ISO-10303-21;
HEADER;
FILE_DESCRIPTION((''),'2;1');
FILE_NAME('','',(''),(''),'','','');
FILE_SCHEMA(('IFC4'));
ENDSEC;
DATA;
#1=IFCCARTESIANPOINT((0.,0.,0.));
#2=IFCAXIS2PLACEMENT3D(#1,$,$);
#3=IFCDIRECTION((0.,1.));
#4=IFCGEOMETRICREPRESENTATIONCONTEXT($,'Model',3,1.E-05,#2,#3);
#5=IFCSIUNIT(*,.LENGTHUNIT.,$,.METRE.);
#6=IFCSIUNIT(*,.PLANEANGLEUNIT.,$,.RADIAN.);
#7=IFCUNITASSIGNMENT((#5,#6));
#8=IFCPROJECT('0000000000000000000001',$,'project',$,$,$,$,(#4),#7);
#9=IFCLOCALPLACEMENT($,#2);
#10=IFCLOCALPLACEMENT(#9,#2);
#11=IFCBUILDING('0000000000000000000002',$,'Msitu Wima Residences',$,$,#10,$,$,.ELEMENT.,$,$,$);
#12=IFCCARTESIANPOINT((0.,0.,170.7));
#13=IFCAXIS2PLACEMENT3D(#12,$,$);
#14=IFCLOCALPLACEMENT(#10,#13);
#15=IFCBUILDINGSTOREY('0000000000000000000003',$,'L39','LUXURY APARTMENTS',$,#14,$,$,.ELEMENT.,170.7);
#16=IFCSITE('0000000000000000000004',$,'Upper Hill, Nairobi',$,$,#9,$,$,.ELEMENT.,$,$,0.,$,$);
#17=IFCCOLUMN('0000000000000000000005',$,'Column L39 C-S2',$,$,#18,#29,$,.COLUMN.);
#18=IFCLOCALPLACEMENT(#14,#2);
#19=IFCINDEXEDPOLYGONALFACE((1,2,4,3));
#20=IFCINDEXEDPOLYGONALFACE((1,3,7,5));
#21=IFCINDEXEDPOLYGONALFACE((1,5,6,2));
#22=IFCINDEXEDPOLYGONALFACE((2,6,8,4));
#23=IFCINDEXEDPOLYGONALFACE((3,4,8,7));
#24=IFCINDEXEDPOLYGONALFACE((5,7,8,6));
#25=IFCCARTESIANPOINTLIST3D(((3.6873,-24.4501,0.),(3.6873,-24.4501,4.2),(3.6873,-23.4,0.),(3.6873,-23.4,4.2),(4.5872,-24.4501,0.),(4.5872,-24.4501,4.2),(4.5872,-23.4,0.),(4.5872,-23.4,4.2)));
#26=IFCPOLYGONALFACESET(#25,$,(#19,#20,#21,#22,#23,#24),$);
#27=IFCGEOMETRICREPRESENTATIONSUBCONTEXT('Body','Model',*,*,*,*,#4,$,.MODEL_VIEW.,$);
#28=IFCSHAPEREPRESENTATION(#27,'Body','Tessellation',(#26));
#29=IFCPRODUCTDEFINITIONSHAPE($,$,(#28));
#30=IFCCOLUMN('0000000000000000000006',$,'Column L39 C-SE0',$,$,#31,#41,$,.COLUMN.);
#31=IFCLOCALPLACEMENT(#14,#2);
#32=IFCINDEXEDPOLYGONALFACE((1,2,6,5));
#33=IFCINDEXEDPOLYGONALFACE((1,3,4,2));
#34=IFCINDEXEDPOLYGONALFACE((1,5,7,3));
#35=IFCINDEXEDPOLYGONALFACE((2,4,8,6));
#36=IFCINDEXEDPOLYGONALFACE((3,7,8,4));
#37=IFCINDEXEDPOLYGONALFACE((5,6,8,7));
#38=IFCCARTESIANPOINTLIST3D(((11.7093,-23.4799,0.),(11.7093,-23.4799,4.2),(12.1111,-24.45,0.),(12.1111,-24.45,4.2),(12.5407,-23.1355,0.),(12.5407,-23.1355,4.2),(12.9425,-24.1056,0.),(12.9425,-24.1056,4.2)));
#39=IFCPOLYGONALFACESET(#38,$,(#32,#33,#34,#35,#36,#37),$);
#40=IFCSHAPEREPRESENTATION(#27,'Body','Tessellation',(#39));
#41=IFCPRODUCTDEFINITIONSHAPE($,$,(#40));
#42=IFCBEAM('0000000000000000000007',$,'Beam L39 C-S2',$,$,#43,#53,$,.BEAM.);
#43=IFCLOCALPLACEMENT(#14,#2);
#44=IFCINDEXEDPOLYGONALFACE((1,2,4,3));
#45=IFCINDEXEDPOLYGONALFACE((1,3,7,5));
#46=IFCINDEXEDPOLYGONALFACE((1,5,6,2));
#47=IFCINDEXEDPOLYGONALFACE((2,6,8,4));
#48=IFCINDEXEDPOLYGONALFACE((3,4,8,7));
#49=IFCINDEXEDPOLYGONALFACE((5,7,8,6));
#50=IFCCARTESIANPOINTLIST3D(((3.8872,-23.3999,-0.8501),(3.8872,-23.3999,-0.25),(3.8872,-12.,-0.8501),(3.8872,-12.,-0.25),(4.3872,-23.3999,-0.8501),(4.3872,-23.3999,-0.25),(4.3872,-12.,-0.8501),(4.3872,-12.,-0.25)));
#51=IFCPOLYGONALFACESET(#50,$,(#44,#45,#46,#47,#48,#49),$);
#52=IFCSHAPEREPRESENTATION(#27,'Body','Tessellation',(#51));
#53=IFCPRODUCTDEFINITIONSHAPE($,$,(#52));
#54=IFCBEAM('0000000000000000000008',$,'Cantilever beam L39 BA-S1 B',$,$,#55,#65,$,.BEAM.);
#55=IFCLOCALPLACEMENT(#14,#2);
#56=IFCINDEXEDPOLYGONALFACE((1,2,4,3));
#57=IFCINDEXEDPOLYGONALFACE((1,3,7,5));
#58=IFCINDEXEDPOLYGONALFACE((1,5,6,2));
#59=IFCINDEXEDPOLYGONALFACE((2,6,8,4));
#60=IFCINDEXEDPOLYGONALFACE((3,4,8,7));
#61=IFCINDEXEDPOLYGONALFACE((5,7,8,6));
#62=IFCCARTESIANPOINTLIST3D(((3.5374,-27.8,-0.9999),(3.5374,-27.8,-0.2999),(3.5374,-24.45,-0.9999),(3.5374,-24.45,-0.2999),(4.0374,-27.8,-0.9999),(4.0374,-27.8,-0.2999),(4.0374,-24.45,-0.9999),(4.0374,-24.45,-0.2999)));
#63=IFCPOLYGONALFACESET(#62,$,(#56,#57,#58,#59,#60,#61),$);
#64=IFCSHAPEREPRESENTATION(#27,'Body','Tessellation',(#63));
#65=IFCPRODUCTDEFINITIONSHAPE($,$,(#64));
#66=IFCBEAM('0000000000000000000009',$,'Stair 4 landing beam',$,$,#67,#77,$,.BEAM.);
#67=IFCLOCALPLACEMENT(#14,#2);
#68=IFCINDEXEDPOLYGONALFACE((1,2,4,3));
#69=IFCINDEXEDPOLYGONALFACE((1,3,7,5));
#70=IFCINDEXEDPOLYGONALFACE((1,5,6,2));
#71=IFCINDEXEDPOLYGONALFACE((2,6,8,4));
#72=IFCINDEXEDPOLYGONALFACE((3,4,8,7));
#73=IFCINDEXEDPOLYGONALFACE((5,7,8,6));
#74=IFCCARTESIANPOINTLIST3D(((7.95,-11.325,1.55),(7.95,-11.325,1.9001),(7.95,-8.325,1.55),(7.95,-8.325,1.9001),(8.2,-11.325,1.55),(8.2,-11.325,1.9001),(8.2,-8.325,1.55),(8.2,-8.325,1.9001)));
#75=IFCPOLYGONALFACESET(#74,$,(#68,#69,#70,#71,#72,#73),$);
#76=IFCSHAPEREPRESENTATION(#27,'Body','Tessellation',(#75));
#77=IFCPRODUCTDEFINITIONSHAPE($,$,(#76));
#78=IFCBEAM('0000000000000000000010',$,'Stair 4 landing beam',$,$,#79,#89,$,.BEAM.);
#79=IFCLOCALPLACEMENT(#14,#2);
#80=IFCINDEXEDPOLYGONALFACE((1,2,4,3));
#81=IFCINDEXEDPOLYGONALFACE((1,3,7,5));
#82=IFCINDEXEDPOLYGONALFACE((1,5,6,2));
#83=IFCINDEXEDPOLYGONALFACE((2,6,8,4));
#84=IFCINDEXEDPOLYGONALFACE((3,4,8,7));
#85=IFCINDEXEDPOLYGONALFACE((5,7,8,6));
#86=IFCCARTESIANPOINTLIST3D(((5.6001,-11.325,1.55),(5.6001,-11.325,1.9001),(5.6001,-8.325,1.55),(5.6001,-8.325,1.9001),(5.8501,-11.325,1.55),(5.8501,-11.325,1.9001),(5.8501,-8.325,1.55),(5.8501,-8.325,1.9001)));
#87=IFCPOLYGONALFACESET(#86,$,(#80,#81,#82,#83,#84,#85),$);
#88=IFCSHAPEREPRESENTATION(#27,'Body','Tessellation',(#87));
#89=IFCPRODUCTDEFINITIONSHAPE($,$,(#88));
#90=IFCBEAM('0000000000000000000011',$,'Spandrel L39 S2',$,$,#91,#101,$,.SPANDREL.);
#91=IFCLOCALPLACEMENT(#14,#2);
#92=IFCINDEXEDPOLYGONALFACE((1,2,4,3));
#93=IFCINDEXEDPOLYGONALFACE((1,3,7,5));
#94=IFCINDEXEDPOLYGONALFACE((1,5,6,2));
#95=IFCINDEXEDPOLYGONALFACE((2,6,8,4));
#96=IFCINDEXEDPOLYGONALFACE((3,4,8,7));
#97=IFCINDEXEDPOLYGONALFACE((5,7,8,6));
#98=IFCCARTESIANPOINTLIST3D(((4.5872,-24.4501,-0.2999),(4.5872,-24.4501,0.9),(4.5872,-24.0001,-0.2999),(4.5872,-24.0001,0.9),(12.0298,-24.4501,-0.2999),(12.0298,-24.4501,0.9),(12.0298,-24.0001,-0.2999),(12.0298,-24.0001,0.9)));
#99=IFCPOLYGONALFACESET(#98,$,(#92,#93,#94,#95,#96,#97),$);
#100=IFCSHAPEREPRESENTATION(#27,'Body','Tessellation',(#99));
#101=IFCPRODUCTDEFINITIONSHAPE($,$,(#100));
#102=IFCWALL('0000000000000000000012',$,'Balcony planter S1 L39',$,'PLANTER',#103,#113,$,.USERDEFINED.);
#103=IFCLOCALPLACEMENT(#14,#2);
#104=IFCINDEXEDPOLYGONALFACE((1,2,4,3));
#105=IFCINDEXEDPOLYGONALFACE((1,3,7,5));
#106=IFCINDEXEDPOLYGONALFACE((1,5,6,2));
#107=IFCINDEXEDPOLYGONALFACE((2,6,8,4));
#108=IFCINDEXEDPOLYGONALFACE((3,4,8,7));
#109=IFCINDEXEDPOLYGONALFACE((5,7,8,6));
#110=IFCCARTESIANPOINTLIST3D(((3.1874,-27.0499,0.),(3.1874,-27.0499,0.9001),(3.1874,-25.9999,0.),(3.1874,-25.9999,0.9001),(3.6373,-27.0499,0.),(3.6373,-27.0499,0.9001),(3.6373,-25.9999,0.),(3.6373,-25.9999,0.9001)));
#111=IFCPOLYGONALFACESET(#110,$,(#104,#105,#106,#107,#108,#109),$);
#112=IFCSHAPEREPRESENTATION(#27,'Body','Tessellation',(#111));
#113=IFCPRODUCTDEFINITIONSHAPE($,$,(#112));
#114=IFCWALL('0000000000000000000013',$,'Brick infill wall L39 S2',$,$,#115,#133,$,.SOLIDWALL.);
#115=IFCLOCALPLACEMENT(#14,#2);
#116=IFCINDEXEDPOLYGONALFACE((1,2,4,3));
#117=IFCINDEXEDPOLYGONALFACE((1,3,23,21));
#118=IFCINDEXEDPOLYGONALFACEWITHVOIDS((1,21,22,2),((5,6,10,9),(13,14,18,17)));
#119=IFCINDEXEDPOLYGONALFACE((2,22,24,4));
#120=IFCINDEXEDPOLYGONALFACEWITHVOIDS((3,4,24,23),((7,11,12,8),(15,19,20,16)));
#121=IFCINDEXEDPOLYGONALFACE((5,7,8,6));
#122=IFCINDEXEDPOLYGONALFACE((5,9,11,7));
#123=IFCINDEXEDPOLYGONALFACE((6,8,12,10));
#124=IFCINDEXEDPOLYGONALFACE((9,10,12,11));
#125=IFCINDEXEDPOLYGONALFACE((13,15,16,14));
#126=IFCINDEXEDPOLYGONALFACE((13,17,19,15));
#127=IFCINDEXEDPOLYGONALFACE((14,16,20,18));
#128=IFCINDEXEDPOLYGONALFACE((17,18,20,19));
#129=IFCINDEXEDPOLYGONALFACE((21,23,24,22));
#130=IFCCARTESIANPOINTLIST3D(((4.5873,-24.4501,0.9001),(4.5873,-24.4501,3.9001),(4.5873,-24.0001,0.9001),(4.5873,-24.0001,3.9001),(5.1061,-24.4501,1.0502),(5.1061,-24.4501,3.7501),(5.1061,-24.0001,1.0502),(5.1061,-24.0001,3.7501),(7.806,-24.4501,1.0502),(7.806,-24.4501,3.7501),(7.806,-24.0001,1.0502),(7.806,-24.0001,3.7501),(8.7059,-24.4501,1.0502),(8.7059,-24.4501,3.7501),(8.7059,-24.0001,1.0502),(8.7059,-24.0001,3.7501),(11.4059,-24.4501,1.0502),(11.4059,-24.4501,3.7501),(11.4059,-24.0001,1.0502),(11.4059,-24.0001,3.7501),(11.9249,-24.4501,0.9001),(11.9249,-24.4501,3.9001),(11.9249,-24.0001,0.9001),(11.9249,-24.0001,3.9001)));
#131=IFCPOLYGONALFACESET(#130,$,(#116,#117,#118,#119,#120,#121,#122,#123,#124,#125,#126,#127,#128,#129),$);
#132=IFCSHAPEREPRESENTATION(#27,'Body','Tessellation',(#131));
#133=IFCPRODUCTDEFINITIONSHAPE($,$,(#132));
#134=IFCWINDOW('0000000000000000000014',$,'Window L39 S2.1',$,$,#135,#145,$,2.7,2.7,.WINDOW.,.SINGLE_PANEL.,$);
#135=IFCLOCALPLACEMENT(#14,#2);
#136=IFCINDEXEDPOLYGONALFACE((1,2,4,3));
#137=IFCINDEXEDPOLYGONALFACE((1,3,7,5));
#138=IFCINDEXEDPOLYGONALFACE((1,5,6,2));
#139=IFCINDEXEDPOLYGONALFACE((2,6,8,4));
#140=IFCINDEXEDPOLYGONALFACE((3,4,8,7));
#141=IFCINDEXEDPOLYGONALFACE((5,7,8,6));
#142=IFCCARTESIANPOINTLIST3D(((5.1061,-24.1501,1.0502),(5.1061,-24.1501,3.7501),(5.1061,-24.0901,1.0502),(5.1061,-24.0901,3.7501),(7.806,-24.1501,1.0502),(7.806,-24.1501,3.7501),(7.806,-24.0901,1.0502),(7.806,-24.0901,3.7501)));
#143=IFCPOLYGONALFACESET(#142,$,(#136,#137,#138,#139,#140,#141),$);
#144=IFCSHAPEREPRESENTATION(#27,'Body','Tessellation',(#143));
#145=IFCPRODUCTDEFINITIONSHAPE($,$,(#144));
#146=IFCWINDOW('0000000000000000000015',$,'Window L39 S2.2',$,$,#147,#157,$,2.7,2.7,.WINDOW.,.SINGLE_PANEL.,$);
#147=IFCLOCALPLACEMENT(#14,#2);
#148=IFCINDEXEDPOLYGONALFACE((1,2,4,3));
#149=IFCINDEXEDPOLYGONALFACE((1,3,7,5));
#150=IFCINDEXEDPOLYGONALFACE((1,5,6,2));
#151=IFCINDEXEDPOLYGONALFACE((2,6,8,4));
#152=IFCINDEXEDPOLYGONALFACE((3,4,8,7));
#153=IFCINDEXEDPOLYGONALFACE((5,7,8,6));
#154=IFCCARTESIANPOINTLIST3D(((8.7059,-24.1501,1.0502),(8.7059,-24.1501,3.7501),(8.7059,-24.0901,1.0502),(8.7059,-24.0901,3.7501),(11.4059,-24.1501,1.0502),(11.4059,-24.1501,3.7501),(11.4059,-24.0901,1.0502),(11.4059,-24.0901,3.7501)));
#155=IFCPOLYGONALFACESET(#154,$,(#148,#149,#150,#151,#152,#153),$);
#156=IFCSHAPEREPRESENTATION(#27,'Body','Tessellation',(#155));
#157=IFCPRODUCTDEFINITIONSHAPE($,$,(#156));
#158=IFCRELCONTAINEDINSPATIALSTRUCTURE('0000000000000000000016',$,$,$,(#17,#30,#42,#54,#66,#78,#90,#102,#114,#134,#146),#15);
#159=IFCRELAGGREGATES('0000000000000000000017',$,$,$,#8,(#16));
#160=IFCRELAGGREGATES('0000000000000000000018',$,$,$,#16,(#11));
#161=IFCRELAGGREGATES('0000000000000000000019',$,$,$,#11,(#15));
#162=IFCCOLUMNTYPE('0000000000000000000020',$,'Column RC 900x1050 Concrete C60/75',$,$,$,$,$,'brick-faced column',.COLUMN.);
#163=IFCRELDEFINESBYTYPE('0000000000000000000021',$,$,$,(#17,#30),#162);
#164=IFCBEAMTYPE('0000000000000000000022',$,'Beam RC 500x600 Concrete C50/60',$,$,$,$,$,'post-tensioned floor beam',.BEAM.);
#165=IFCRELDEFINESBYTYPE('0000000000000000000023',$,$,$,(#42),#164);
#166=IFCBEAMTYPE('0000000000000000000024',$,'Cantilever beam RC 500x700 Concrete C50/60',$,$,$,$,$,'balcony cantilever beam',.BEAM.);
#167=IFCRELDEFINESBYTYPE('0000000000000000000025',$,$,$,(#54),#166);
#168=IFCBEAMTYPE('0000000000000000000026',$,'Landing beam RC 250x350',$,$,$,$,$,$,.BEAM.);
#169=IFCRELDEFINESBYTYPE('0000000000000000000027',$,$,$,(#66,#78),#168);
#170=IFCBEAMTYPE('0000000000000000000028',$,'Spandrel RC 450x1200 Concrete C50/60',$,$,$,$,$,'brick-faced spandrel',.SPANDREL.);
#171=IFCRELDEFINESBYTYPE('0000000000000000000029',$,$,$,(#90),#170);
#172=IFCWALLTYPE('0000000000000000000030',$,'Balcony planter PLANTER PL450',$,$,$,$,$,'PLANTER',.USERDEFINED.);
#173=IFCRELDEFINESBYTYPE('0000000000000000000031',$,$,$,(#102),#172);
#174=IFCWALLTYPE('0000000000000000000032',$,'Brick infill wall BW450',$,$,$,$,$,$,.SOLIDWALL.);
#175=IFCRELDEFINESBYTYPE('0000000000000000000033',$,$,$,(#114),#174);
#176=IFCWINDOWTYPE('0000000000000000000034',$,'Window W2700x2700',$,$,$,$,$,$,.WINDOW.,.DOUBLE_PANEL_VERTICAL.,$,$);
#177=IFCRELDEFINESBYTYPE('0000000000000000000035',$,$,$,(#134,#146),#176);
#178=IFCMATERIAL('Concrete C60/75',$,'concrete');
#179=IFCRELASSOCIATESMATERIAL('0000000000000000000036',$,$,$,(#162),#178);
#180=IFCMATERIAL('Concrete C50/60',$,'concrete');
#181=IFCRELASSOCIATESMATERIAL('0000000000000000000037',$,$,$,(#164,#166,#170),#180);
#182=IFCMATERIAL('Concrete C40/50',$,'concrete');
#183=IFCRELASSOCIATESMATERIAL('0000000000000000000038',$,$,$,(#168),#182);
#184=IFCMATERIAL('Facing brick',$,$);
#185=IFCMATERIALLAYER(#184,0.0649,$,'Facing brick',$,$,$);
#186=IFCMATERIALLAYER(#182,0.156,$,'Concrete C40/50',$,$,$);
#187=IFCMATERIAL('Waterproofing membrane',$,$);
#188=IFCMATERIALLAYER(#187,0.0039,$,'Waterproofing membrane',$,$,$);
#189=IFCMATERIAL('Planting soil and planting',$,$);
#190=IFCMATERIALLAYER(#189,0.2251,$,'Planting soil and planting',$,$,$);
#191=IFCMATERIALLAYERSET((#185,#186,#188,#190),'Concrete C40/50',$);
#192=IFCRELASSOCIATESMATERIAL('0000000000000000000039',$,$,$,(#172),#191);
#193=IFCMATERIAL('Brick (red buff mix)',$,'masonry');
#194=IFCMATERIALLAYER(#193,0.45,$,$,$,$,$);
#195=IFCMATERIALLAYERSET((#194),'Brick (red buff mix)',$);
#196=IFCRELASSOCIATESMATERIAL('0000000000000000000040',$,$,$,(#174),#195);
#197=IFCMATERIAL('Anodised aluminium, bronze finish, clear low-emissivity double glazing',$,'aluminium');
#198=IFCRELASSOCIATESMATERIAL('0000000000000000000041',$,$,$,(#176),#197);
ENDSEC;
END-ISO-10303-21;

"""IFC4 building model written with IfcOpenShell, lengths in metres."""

from ifc_helpers import new_model, si_unit, direction, frame, frame_2d, origin, origin_2d, place, context, subcontext, project, spatial, rectangle, extrude, material, layer, layer_set, material_profile, profile_set, type_object, element, fill, save


model = new_model("IFC4")

# Units and contexts
model_context = context("Model", 3, precision=1e-05, world=origin(), true_north=direction((0.0, 1.0)))
body_context = subcontext(model_context, "Body", "Model", "MODEL_VIEW")
ifc_project = project(units=[si_unit("LENGTHUNIT", "METRE"), si_unit("PLANEANGLEUNIT", "RADIAN")], contexts=[model_context])

# Site, building, storey
site_placement = place(None, origin())
site = spatial("IfcSite", under=ifc_project, at=site_placement, Name="Upper Hill, Nairobi", CompositionType="ELEMENT", RefElevation=0.0)
building_placement = place(site_placement, origin())
building = spatial("IfcBuilding", under=site, at=building_placement, Name="Msitu Wima Residences", CompositionType="ELEMENT")
storey_placement = place(building_placement, frame((0.0, 0.0, 170.7)))
storey = spatial("IfcBuildingStorey", under=building, at=storey_placement, Name="L39", Description="LUXURY APARTMENTS", CompositionType="ELEMENT", Elevation=170.7)

# Columns
ifc_material_1 = material(Name="Concrete C60/75", Category="concrete")
ifc_material_profile_1 = material_profile(ifc_material_1, rectangle(XDim=0.8999, YDim=1.05, at=origin_2d()), Name="RC 900x1050")
ifc_profile_set_1 = profile_set([ifc_material_profile_1], Name="Concrete C60/75")
column_type = type_object("IfcColumnType", Name="Column RC 900x1050 Concrete C60/75", ElementType="brick-faced column", PredefinedType="COLUMN", material=ifc_profile_set_1)
for number, where, z_axis, x_axis, name in (
    (1, (4.1372, -23.925, 0.0), (0.0, 0.0, 1.0), (1.0, 0.0, 0.0), "Column L39 C-S2"),
    (2, (12.3259, -23.7927, 0.0), (0.0, 0.0, 1.0), (0.92388, 0.382683, 0.0), "Column L39 C-SE0"),
):
    element("IfcColumn", number, at=place(storey_placement, frame(where, z_axis=z_axis, x_axis=x_axis)), inside=storey, type_object=column_type, Name=name, PredefinedType="COLUMN", context=body_context, shape_type="SweptSolid", body=[
        extrude(rectangle(XDim=0.8999, YDim=1.05, at=origin_2d()), origin(), (0.0, 0.0, 1.0), 4.2),
    ])

# Beams
ifc_material_2 = material(Name="Concrete C50/60", Category="concrete")
ifc_material_profile_2 = material_profile(ifc_material_2, rectangle(XDim=0.5, YDim=0.6001, at=origin_2d()), Name="RC 500x600")
ifc_profile_set_2 = profile_set([ifc_material_profile_2], Name="Concrete C50/60")
beam_type_1 = type_object("IfcBeamType", Name="Beam RC 500x600 Concrete C50/60", ElementType="post-tensioned floor beam", PredefinedType="BEAM", material=ifc_profile_set_2)
beam_1_placement = place(storey_placement, frame((4.1372, -23.3999, -0.55), z_axis=(0.0, 1.0, 0.0), x_axis=(-1.0, 0.0, 0.0)))
element("IfcBeam", 3, at=beam_1_placement, inside=storey, type_object=beam_type_1, Name="Beam L39 C-S2", PredefinedType="BEAM", context=body_context, shape_type="SweptSolid", body=[
    extrude(rectangle(XDim=0.5, YDim=0.6001, at=origin_2d()), origin(), (0.0, 0.0, 1.0), 11.3999),
])
ifc_material_profile_3 = material_profile(ifc_material_2, rectangle(XDim=0.5, YDim=0.7, at=origin_2d()), Name="RC 500x700")
ifc_profile_set_3 = profile_set([ifc_material_profile_3], Name="Concrete C50/60")
beam_type_2 = type_object("IfcBeamType", Name="Cantilever beam RC 500x700 Concrete C50/60", ElementType="balcony cantilever beam", PredefinedType="BEAM", material=ifc_profile_set_3)
beam_2_placement = place(storey_placement, frame((3.7874, -24.45, -0.6499), z_axis=(0.0, -1.0, 0.0), x_axis=(1.0, 0.0, 0.0)))
element("IfcBeam", 4, at=beam_2_placement, inside=storey, type_object=beam_type_2, Name="Cantilever beam L39 BA-S1 B", PredefinedType="BEAM", context=body_context, shape_type="SweptSolid", body=[
    extrude(rectangle(XDim=0.5, YDim=0.7, at=origin_2d()), origin(), (0.0, 0.0, 1.0), 3.3501),
])
ifc_material_3 = material(Name="Concrete C40/50", Category="concrete")
ifc_material_profile_4 = material_profile(ifc_material_3, rectangle(XDim=0.25, YDim=0.3501, at=origin_2d()), Name="RC 250x350")
ifc_profile_set_4 = profile_set([ifc_material_profile_4], Name="Concrete C40/50")
beam_type_3 = type_object("IfcBeamType", Name="Landing beam RC 250x350", PredefinedType="BEAM", material=ifc_profile_set_4)
for number, where, z_axis, x_axis, name in (
    (5, (8.075, -11.325, 1.7251), (0.0, 1.0, 0.0), (-1.0, 0.0, 0.0), "Stair 4 landing beam"),
    (6, (5.7251, -11.325, 1.7251), (0.0, 1.0, 0.0), (-1.0, 0.0, 0.0), "Stair 4 landing beam"),
):
    element("IfcBeam", number, at=place(storey_placement, frame(where, z_axis=z_axis, x_axis=x_axis)), inside=storey, type_object=beam_type_3, Name=name, PredefinedType="BEAM", context=body_context, shape_type="SweptSolid", body=[
        extrude(rectangle(XDim=0.25, YDim=0.3501, at=origin_2d()), origin(), (0.0, 0.0, 1.0), 3.0),
    ])
ifc_material_profile_5 = material_profile(ifc_material_2, rectangle(XDim=0.45, YDim=1.2, at=origin_2d()), Name="RC 450x1200")
ifc_profile_set_5 = profile_set([ifc_material_profile_5], Name="Concrete C50/60")
beam_type_4 = type_object("IfcBeamType", Name="Spandrel RC 450x1200 Concrete C50/60", ElementType="brick-faced spandrel", PredefinedType="SPANDREL", material=ifc_profile_set_5)
beam_3_placement = place(storey_placement, frame((4.5872, -24.2251, 0.3), z_axis=(1.0, 0.0, 0.0), x_axis=(0.0, 1.0, 0.0)))
element("IfcBeam", 7, at=beam_3_placement, inside=storey, type_object=beam_type_4, Name="Spandrel L39 S2", PredefinedType="SPANDREL", context=body_context, shape_type="SweptSolid", body=[
    extrude(rectangle(XDim=0.45, YDim=1.2, at=origin_2d()), origin(), (0.0, 0.0, 1.0), 7.4426),
])

# Wall
ifc_material_4 = material(Name="Facing brick")
ifc_layer_1 = layer(ifc_material_4, 0.0649, Name="Facing brick")
ifc_layer_2 = layer(ifc_material_3, 0.156, Name="Concrete C40/50")
ifc_material_5 = material(Name="Waterproofing membrane")
ifc_layer_3 = layer(ifc_material_5, 0.0039, Name="Waterproofing membrane")
ifc_material_6 = material(Name="Planting soil and planting")
ifc_layer_4 = layer(ifc_material_6, 0.2251, Name="Planting soil and planting")
ifc_layer_set_1 = layer_set([ifc_layer_1, ifc_layer_2, ifc_layer_3, ifc_layer_4], Name="Concrete C40/50")
wall_type_1 = type_object("IfcWallType", Name="Balcony planter PLANTER PL450", ElementType="PLANTER", PredefinedType="USERDEFINED", material=ifc_layer_set_1)
wall_1_placement = place(storey_placement, frame((3.4124, -26.0, 0.0), z_axis=(0.0, 0.0, 1.0), x_axis=(0.0, -1.0, 0.0)))
element("IfcWall", 8, at=wall_1_placement, inside=storey, type_object=wall_type_1, Name="Balcony planter S1 L39", ObjectType="PLANTER", PredefinedType="USERDEFINED", context=body_context, shape_type="SweptSolid", body=[
    extrude(rectangle(XDim=1.05, YDim=0.45, at=frame_2d((0.5249, 0.0))), origin(), (0.0, 0.0, 1.0), 0.9001),
])

# Wall, openings, windows
ifc_material_7 = material(Name="Brick (red buff mix)", Category="masonry")
ifc_layer_5 = layer(ifc_material_7, 0.45)
ifc_layer_set_2 = layer_set([ifc_layer_5], Name="Brick (red buff mix)")
wall_type_2 = type_object("IfcWallType", Name="Brick infill wall BW450", PredefinedType="SOLIDWALL", material=ifc_layer_set_2)
wall_2_placement = place(storey_placement, frame((4.5872, -24.2251, 0.9001), z_axis=(0.0, 0.0, 1.0), x_axis=(1.0, 0.0, 0.0)))
wall_2 = element("IfcWall", 9, at=wall_2_placement, inside=storey, type_object=wall_type_2, Name="Brick infill wall L39 S2", PredefinedType="SOLIDWALL", context=body_context, shape_type="SweptSolid", body=[
    extrude(rectangle(XDim=7.3376, YDim=0.45, at=frame_2d((3.6689, 0.0))), origin(), (0.0, 0.0, 1.0), 3.0),
])
opening_1_placement = place(wall_2_placement, frame((0.5188, 0.0, 0.1499)))
opening_1 = element("IfcOpeningElement", 10, at=opening_1_placement, cuts=wall_2, PredefinedType="OPENING", context=body_context, shape_type="SweptSolid", body=[
    extrude(rectangle(XDim=2.7, YDim=2.7, at=frame_2d((1.3501, 1.3501))), frame((0.0, 0.2349, 0.0), z_axis=(0.0, -1.0, 0.0), x_axis=(1.0, 0.0, 0.0)), (0.0, 0.0, 1.0), 0.47),
])
opening_2_placement = place(wall_2_placement, frame((4.1187, 0.0, 0.1499)))
opening_2 = element("IfcOpeningElement", 11, at=opening_2_placement, cuts=wall_2, PredefinedType="OPENING", context=body_context, shape_type="SweptSolid", body=[
    extrude(rectangle(XDim=2.7, YDim=2.7, at=frame_2d((1.3501, 1.3501))), frame((0.0, 0.2349, 0.0), z_axis=(0.0, -1.0, 0.0), x_axis=(1.0, 0.0, 0.0)), (0.0, 0.0, 1.0), 0.47),
])
ifc_material_8 = material(Name="Anodised aluminium, bronze finish, clear low-emissivity double glazing", Category="aluminium")
window_type = type_object("IfcWindowType", Name="Window W2700x2700", PartitioningType="DOUBLE_PANEL_VERTICAL", PredefinedType="WINDOW", material=ifc_material_8)
window_1_placement = place(opening_1_placement, origin())
window_1 = element("IfcWindow", 12, at=window_1_placement, inside=storey, type_object=window_type, Name="Window L39 S2.1", OverallHeight=2.7, OverallWidth=2.7, PartitioningType="SINGLE_PANEL", PredefinedType="WINDOW", context=body_context, shape_type="SweptSolid", body=[
    extrude(rectangle(XDim=2.7, YDim=2.7, at=frame_2d((1.3501, 1.3501))), frame((0.0, 0.135, 0.0), z_axis=(0.0, -1.0, 0.0), x_axis=(1.0, 0.0, 0.0)), (0.0, 0.0, 1.0), 0.0601),
])
fill(opening_1, window_1)
window_2_placement = place(opening_2_placement, origin())
window_2 = element("IfcWindow", 13, at=window_2_placement, inside=storey, type_object=window_type, Name="Window L39 S2.2", OverallHeight=2.7, OverallWidth=2.7, PartitioningType="SINGLE_PANEL", PredefinedType="WINDOW", context=body_context, shape_type="SweptSolid", body=[
    extrude(rectangle(XDim=2.7, YDim=2.7, at=frame_2d((1.3501, 1.3501))), frame((0.0, 0.135, 0.0), z_axis=(0.0, -1.0, 0.0), x_axis=(1.0, 0.0, 0.0)), (0.0, 0.0, 1.0), 0.0601),
])
fill(opening_2, window_2)

save(model, "model.ifc")
